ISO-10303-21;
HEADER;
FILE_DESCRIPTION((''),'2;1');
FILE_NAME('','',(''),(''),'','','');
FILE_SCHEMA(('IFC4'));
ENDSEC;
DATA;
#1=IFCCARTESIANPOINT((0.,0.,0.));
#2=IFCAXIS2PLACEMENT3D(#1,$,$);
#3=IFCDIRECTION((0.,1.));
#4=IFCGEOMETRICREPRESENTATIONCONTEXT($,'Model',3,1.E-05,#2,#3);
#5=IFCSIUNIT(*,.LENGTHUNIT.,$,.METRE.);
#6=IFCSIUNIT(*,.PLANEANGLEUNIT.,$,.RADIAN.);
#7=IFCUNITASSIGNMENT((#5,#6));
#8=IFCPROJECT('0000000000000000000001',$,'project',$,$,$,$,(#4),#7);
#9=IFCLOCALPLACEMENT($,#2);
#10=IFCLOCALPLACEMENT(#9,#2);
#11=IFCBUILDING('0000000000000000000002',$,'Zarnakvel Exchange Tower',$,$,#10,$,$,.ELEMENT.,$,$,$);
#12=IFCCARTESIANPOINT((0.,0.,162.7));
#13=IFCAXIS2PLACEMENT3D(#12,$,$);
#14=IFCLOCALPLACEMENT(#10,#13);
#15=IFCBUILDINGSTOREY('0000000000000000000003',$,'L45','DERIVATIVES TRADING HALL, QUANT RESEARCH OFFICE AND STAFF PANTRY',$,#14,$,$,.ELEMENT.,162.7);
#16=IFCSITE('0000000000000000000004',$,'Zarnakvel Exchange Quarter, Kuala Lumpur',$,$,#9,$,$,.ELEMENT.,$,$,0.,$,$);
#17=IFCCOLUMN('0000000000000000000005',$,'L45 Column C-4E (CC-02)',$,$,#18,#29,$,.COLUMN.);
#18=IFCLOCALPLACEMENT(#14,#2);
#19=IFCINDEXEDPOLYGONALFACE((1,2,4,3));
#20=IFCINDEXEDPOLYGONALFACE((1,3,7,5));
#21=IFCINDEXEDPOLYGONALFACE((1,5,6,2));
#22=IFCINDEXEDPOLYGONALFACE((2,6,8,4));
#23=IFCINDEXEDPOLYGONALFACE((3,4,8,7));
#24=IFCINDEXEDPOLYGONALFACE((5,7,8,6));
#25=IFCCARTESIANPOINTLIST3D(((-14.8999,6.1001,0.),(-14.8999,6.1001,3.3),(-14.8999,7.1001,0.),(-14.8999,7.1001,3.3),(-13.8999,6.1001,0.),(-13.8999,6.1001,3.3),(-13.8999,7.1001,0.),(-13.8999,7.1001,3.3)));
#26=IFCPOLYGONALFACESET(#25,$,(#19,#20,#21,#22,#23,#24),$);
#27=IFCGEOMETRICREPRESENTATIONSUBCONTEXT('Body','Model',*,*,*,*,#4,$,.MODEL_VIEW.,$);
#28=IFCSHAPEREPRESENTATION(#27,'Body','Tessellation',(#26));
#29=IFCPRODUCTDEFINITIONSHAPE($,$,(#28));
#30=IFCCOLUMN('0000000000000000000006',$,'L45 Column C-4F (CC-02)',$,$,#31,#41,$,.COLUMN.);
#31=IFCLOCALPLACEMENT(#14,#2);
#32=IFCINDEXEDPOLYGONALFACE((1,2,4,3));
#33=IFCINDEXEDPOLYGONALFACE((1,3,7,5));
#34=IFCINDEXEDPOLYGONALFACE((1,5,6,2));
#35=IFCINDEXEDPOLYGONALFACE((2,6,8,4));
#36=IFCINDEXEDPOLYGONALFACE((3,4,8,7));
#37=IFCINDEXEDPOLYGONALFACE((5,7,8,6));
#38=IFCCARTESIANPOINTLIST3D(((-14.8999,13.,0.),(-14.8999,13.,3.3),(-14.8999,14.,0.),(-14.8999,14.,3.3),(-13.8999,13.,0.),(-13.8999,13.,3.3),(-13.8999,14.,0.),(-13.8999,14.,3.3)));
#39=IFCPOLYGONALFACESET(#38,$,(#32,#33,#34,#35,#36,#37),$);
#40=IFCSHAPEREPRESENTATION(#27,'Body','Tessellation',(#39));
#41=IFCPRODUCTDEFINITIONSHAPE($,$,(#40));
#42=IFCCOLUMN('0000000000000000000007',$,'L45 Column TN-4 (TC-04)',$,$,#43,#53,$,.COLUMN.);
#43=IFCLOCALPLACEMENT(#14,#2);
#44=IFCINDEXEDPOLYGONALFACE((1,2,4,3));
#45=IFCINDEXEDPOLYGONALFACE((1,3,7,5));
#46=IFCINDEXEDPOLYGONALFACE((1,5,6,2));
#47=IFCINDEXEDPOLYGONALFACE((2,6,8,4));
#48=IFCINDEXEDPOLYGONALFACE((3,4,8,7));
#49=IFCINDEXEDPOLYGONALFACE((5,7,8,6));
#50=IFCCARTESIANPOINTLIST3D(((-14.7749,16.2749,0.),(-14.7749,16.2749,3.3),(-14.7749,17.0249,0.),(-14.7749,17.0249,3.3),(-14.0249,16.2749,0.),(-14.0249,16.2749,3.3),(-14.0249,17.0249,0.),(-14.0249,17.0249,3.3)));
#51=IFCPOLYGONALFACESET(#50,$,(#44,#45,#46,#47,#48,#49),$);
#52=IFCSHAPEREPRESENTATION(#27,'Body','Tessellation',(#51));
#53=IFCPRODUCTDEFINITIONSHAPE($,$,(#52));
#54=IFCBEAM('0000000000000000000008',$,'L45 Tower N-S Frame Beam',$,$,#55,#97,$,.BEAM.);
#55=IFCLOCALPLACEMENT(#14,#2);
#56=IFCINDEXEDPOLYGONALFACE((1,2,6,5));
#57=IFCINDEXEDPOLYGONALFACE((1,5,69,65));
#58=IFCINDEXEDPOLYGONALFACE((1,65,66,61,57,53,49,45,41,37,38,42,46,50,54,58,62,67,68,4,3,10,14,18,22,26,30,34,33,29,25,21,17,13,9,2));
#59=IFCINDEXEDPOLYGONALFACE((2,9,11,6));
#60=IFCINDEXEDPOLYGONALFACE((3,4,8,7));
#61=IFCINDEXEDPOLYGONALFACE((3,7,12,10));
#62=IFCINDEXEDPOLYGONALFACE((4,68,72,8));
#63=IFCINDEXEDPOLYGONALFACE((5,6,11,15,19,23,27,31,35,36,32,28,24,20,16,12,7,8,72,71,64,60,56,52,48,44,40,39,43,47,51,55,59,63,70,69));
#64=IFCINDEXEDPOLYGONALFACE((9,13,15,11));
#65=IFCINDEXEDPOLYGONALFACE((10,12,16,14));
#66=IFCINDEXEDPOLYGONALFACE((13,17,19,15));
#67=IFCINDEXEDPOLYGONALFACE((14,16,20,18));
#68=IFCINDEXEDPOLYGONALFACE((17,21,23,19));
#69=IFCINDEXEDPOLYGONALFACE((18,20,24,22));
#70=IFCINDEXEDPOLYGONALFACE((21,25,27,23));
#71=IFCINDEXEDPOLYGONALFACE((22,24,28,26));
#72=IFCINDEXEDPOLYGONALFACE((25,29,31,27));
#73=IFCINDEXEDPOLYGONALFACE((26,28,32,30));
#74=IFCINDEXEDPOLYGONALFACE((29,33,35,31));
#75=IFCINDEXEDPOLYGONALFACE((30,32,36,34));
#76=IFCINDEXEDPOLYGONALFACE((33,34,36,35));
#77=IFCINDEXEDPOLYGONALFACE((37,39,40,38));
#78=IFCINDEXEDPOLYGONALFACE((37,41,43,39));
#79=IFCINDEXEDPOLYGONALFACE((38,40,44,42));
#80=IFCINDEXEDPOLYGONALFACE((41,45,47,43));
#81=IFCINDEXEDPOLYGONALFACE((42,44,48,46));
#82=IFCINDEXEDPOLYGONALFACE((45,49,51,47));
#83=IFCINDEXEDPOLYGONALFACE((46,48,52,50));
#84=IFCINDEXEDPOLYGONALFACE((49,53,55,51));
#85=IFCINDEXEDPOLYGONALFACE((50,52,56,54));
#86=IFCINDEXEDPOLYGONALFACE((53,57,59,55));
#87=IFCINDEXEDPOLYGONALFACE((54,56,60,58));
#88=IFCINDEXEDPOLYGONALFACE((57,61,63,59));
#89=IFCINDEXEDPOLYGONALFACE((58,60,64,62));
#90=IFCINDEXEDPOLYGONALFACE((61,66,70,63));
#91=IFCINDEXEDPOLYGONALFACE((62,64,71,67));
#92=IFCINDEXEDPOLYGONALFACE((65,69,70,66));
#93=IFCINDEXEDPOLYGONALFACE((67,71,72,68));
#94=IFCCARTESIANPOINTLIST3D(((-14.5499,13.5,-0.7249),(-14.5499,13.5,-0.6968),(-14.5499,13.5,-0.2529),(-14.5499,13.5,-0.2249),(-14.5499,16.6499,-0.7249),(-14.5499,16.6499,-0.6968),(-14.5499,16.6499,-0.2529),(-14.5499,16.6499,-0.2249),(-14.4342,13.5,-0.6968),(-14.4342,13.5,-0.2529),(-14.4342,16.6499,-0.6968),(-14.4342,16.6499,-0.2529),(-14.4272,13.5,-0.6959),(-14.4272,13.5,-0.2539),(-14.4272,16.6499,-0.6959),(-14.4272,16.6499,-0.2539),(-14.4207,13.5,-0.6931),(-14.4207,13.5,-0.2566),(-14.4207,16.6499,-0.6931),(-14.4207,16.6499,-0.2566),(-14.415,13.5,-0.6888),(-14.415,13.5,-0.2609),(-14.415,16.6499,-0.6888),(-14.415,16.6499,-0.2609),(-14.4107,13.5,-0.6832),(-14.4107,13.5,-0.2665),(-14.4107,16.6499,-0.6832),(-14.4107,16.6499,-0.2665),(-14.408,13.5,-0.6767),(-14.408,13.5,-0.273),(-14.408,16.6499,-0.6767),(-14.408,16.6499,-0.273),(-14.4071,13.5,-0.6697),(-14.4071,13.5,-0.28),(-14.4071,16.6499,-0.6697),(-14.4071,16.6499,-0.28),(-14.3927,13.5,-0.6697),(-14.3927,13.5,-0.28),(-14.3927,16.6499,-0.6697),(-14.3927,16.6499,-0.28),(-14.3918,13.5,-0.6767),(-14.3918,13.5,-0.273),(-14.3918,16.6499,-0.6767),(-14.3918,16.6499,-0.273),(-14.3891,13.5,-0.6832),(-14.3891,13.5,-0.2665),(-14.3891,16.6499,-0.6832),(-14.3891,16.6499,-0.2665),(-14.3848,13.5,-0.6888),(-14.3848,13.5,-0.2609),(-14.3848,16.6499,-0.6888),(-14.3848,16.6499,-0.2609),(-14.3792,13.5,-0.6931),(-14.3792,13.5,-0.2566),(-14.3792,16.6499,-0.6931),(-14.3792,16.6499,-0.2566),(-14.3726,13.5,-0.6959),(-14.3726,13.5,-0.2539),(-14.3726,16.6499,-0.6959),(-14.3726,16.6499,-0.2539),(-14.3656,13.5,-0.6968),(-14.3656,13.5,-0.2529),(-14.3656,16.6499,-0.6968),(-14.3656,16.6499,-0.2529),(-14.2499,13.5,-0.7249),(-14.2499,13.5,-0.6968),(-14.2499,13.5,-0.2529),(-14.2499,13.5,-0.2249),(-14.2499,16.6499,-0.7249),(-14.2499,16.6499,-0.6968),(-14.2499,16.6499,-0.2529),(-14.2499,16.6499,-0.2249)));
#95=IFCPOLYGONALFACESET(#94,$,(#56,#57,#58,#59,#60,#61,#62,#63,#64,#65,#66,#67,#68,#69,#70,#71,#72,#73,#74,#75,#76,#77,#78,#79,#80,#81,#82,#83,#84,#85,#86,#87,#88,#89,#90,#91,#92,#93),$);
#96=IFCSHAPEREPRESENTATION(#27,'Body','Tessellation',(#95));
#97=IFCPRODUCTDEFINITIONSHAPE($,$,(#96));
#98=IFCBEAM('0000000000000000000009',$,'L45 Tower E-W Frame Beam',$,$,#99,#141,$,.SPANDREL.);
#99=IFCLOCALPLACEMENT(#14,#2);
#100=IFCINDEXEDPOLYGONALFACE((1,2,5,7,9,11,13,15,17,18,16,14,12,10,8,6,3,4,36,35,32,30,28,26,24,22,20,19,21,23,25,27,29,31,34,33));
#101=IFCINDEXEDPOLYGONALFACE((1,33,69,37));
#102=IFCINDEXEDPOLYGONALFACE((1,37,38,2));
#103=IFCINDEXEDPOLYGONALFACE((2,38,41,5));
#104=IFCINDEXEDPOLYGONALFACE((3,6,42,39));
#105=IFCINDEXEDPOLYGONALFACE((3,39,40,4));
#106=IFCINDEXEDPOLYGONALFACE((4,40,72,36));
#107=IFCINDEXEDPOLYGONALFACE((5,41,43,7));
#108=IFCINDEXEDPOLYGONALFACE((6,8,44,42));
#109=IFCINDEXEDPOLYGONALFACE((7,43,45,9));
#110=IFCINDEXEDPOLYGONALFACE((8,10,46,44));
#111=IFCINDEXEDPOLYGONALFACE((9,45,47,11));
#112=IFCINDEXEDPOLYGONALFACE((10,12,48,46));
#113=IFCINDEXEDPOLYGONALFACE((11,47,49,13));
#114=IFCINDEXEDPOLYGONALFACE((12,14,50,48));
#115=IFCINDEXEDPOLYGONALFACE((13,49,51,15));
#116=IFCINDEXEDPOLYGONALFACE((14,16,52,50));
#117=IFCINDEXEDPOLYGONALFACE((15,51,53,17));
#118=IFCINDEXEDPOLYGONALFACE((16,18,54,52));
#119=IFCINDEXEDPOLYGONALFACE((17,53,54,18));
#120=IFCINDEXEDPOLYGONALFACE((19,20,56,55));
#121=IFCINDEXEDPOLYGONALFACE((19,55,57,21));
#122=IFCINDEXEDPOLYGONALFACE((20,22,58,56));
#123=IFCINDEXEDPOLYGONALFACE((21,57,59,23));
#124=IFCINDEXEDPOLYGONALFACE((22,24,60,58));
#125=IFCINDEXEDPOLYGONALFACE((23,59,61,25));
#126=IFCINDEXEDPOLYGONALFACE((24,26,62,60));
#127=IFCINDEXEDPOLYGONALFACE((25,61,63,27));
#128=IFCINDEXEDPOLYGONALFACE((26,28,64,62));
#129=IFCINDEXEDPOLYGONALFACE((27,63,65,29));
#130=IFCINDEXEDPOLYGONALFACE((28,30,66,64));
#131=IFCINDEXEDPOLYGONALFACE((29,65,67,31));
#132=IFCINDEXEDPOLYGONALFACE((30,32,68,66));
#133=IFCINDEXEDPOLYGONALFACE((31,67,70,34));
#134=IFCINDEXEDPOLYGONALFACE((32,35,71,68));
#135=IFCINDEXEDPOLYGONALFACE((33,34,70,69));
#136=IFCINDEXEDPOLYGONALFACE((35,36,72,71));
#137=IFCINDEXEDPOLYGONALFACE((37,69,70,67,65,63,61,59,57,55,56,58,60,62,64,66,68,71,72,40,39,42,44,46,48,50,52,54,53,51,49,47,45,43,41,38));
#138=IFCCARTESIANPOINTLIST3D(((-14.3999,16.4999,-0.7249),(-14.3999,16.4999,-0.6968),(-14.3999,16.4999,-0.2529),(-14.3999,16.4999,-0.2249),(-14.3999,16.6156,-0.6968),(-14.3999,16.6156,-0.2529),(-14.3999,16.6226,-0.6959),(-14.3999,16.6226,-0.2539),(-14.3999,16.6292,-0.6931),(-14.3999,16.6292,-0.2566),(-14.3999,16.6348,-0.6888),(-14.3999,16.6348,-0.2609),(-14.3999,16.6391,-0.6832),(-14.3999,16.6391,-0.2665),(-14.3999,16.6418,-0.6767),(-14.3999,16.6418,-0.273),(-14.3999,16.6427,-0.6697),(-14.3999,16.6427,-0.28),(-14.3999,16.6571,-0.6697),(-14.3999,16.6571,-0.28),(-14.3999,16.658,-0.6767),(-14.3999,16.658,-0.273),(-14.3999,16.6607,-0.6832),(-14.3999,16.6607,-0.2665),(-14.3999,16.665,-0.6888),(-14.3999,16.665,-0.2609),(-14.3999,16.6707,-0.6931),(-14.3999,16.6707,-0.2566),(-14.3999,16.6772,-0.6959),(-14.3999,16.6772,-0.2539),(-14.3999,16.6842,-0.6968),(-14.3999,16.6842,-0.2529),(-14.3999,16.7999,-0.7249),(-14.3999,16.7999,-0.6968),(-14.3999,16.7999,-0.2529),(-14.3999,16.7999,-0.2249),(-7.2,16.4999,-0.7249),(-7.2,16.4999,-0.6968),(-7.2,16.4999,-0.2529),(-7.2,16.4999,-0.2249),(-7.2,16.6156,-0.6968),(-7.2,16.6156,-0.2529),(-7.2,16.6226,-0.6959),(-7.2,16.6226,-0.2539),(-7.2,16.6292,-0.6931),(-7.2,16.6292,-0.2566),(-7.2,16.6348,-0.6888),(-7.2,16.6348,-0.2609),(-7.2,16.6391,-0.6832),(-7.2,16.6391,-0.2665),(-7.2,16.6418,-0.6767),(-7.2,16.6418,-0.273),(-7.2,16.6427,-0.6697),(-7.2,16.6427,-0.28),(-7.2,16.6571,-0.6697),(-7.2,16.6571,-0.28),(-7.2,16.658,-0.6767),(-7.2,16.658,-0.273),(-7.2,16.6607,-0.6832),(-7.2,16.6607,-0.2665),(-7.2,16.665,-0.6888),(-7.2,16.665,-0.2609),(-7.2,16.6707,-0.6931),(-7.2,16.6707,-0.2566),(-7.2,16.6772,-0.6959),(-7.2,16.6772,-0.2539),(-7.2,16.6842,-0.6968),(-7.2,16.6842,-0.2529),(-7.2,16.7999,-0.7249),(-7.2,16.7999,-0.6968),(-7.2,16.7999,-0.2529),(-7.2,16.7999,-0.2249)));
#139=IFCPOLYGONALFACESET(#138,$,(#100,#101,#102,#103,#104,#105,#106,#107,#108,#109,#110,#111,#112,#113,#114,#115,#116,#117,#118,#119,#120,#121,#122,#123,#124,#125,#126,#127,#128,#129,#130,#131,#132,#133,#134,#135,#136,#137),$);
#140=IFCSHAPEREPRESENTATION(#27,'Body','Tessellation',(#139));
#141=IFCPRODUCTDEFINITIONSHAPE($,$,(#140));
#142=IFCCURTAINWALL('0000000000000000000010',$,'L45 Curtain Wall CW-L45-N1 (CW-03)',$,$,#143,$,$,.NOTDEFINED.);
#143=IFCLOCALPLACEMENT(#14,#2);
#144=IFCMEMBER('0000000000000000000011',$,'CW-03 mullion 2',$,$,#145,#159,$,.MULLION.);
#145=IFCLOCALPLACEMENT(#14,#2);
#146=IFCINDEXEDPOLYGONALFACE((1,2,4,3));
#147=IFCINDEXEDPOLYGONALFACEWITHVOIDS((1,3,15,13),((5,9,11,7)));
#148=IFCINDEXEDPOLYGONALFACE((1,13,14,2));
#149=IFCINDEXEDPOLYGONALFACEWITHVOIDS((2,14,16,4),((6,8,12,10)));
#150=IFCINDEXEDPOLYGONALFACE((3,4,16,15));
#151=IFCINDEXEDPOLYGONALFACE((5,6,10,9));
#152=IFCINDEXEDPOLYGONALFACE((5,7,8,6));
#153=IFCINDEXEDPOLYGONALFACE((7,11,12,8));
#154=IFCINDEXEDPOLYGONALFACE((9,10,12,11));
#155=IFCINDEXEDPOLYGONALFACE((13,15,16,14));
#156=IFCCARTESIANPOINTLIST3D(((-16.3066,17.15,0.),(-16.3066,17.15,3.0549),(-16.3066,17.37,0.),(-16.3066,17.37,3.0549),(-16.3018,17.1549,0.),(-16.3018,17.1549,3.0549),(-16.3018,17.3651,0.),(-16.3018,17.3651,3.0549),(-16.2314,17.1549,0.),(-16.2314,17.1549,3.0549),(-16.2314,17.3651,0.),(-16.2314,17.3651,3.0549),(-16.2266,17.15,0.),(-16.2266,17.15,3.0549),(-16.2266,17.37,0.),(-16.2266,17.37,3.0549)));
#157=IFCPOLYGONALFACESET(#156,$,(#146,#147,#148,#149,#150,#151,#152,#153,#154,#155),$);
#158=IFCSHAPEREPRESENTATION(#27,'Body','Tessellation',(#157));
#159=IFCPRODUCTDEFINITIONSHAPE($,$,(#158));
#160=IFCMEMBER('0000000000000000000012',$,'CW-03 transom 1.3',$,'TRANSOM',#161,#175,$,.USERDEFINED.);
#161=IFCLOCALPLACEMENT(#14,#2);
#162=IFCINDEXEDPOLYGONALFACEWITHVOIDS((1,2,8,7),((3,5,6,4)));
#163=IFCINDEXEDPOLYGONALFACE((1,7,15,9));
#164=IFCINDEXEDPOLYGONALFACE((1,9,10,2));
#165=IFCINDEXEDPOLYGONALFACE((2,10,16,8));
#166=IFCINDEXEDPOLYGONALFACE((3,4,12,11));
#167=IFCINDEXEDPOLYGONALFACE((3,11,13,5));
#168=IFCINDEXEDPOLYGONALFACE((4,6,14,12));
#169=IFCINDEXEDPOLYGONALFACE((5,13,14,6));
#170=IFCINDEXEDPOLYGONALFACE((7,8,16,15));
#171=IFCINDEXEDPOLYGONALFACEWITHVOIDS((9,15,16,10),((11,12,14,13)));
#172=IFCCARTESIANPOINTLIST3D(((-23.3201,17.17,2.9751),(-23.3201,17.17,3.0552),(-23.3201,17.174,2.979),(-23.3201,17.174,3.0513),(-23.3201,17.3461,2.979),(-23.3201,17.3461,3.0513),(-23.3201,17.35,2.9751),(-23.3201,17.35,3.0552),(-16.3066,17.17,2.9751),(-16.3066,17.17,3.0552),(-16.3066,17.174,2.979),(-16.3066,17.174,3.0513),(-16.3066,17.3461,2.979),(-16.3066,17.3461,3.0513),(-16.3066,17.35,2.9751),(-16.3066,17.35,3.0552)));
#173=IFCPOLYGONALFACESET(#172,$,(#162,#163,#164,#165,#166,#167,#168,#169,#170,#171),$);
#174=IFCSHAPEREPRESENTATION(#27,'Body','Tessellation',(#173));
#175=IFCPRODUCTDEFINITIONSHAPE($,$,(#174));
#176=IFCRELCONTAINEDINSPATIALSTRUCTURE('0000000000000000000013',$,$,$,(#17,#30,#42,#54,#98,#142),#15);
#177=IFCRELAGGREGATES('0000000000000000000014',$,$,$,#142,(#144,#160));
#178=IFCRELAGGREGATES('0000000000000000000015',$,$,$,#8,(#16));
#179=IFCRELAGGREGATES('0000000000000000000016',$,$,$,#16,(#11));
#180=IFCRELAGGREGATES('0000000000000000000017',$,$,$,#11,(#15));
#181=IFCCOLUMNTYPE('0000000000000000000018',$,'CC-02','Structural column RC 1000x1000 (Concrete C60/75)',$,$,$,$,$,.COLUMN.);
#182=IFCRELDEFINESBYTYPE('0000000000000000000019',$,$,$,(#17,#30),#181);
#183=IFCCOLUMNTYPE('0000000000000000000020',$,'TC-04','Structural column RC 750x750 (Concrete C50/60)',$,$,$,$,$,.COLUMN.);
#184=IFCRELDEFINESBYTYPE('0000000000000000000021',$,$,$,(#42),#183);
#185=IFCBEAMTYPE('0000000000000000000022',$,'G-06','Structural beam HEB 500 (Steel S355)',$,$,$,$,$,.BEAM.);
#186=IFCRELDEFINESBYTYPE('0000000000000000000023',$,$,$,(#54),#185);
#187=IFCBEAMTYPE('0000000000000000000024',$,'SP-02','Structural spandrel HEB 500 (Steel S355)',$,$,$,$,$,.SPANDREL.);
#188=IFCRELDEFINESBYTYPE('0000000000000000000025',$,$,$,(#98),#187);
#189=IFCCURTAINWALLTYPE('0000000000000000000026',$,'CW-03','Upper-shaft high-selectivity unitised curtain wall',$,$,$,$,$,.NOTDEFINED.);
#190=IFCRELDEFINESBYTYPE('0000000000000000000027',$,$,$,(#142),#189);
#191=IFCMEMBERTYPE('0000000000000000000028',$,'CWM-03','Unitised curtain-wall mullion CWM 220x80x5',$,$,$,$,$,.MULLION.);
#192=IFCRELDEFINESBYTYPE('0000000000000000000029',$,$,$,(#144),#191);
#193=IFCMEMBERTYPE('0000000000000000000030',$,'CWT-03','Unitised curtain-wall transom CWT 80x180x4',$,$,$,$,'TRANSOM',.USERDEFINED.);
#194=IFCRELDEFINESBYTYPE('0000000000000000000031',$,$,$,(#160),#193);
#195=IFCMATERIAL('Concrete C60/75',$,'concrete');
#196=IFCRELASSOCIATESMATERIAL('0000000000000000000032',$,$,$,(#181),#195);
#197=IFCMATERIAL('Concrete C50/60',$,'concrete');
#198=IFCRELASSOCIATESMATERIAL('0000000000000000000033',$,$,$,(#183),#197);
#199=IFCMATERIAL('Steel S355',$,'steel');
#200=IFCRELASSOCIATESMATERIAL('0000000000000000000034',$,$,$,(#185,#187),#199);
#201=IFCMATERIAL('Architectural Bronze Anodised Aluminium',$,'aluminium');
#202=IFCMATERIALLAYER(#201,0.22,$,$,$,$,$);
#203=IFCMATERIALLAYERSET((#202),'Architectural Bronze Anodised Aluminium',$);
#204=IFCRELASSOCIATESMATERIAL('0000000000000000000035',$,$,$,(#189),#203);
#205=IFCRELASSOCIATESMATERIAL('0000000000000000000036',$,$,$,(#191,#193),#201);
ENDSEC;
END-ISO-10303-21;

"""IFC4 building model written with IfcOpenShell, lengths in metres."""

from ifc_helpers import new_model, si_unit, direction, frame, origin, origin_2d, place, context, subcontext, project, spatial, rectangle, hollow_rectangle, i_section, extrude, source, transform, mapped, material, layer, layer_set, material_profile, profile_set, type_object, element, aggregate, save


model = new_model("IFC4")

# Units and contexts
model_context = context("Model", 3, precision=1e-05, world=origin(), true_north=direction((0.0, 1.0)))
body_context = subcontext(model_context, "Body", "Model", "MODEL_VIEW")
ifc_project = project(units=[si_unit("LENGTHUNIT", "METRE"), si_unit("PLANEANGLEUNIT", "RADIAN")], contexts=[model_context])

# Site, building, storey
site_placement = place(None, origin())
site = spatial("IfcSite", under=ifc_project, at=site_placement, Name="Zarnakvel Exchange Quarter, Kuala Lumpur", CompositionType="ELEMENT", RefElevation=0.0)
building_placement = place(site_placement, origin())
building = spatial("IfcBuilding", under=site, at=building_placement, Name="Zarnakvel Exchange Tower", CompositionType="ELEMENT")
storey_placement = place(building_placement, frame((0.0, 0.0, 162.7)))
storey = spatial("IfcBuildingStorey", under=building, at=storey_placement, Name="L45", Description="DERIVATIVES TRADING HALL, QUANT RESEARCH OFFICE AND STAFF PANTRY", CompositionType="ELEMENT", Elevation=162.7)

# Columns
ifc_material_1 = material(Name="Concrete C60/75", Category="concrete")
ifc_material_profile_1 = material_profile(ifc_material_1, rectangle(XDim=1.0, YDim=1.0, at=origin_2d()))
ifc_profile_set_1 = profile_set([ifc_material_profile_1], Name="Concrete C60/75")
column_type_1 = type_object("IfcColumnType", Name="CC-02", Description="Structural column RC 1000x1000 (Concrete C60/75)", PredefinedType="COLUMN", material=ifc_profile_set_1)
for number, where, z_axis, x_axis, name in (
    (1, (-14.3999, 6.6001, 0.0), (0.0, 0.0, 1.0), (1.0, 0.0, 0.0), "L45 Column C-4E (CC-02)"),
    (2, (-14.3999, 13.5, 0.0), (0.0, 0.0, 1.0), (1.0, 0.0, 0.0), "L45 Column C-4F (CC-02)"),
):
    element("IfcColumn", number, at=place(storey_placement, frame(where, z_axis=z_axis, x_axis=x_axis)), inside=storey, type_object=column_type_1, Name=name, PredefinedType="COLUMN", context=body_context, shape_type="SweptSolid", body=[
        extrude(rectangle(XDim=1.0, YDim=1.0, at=origin_2d()), origin(), (0.0, 0.0, 1.0), 3.3),
    ])
ifc_material_2 = material(Name="Concrete C50/60", Category="concrete")
ifc_material_profile_2 = material_profile(ifc_material_2, rectangle(XDim=0.75, YDim=0.75, at=origin_2d()))
ifc_profile_set_2 = profile_set([ifc_material_profile_2], Name="Concrete C50/60")
column_type_2 = type_object("IfcColumnType", Name="TC-04", Description="Structural column RC 750x750 (Concrete C50/60)", PredefinedType="COLUMN", material=ifc_profile_set_2)
column_placement = place(storey_placement, frame((-14.3999, 16.6499, 0.0), z_axis=(0.0, 0.0, 1.0), x_axis=(1.0, 0.0, 0.0)))
element("IfcColumn", 3, at=column_placement, inside=storey, type_object=column_type_2, Name="L45 Column TN-4 (TC-04)", PredefinedType="COLUMN", context=body_context, shape_type="SweptSolid", body=[
    extrude(rectangle(XDim=0.75, YDim=0.75, at=origin_2d()), origin(), (0.0, 0.0, 1.0), 3.3),
])

# Beams
ifc_material_3 = material(Name="Steel S355", Category="steel")
ifc_material_profile_3 = material_profile(ifc_material_3, i_section(OverallWidth=0.3, OverallDepth=0.5, WebThickness=0.0144, FlangeThickness=0.0281, FilletRadius=0.0271, at=origin_2d()))
ifc_profile_set_3 = profile_set([ifc_material_profile_3], Name="Steel S355")
beam_type_1 = type_object("IfcBeamType", Name="G-06", Description="Structural beam HEB 500 (Steel S355)", PredefinedType="BEAM", material=ifc_profile_set_3)
beam_1_placement = place(storey_placement, frame((-14.3999, 13.5, -0.4749), z_axis=(0.0, 1.0, 0.0), x_axis=(-1.0, 0.0, 0.0)))
element("IfcBeam", 4, at=beam_1_placement, inside=storey, type_object=beam_type_1, Name="L45 Tower N-S Frame Beam", PredefinedType="BEAM", context=body_context, shape_type="SweptSolid", body=[
    extrude(i_section(OverallWidth=0.3, OverallDepth=0.5, WebThickness=0.0144, FlangeThickness=0.0281, FilletRadius=0.0271, at=origin_2d()), origin(), (0.0, 0.0, 1.0), 3.1499),
])
ifc_material_profile_4 = material_profile(ifc_material_3, i_section(OverallWidth=0.3, OverallDepth=0.5, WebThickness=0.0144, FlangeThickness=0.0281, FilletRadius=0.0271, at=origin_2d()))
ifc_profile_set_4 = profile_set([ifc_material_profile_4], Name="Steel S355")
beam_type_2 = type_object("IfcBeamType", Name="SP-02", Description="Structural spandrel HEB 500 (Steel S355)", PredefinedType="SPANDREL", material=ifc_profile_set_4)
beam_2_placement = place(storey_placement, frame((-14.3999, 16.6499, -0.4749), z_axis=(1.0, 0.0, 0.0), x_axis=(0.0, 1.0, 0.0)))
element("IfcBeam", 5, at=beam_2_placement, inside=storey, type_object=beam_type_2, Name="L45 Tower E-W Frame Beam", PredefinedType="SPANDREL", context=body_context, shape_type="SweptSolid", body=[
    extrude(i_section(OverallWidth=0.3, OverallDepth=0.5, WebThickness=0.0144, FlangeThickness=0.0281, FilletRadius=0.0271, at=origin_2d()), origin(), (0.0, 0.0, 1.0), 7.2),
])

# Curtain wall, members
ifc_material_4 = material(Name="Architectural Bronze Anodised Aluminium", Category="aluminium")
ifc_layer_1 = layer(ifc_material_4, 0.22)
ifc_layer_set_1 = layer_set([ifc_layer_1], Name="Architectural Bronze Anodised Aluminium")
curtain_wall_type = type_object("IfcCurtainWallType", Name="CW-03", Description="Upper-shaft high-selectivity unitised curtain wall", PredefinedType="NOTDEFINED", material=ifc_layer_set_1)
curtain_wall_placement = place(storey_placement, origin())
curtain_wall = element("IfcCurtainWall", 6, at=curtain_wall_placement, inside=storey, type_object=curtain_wall_type, Name="L45 Curtain Wall CW-L45-N1 (CW-03)", PredefinedType="NOTDEFINED")
ifc_material_profile_5 = material_profile(ifc_material_4, hollow_rectangle(XDim=0.22, YDim=0.0801, WallThickness=0.0049, at=origin_2d()))
ifc_profile_set_5 = profile_set([ifc_material_profile_5], Name="Architectural Bronze Anodised Aluminium")
member_type_1 = type_object("IfcMemberType", Name="CWM-03", Description="Unitised curtain-wall mullion CWM 220x80x5", PredefinedType="MULLION", material=ifc_profile_set_5)
shared_shape_1 = source(origin(), body_context, "Body", "SweptSolid", [
    extrude(hollow_rectangle(XDim=0.22, YDim=0.0801, WallThickness=0.0049, at=origin_2d()), origin(), (0.0, 0.0, 1.0), 3.0549),
])
member_1_placement = place(storey_placement, frame((-16.2666, 17.26, 0.0), z_axis=(0.0, 0.0, 1.0), x_axis=(0.0, 1.0, 0.0)))
member_1 = element("IfcMember", 7, at=member_1_placement, type_object=member_type_1, Name="CW-03 mullion 2", PredefinedType="MULLION", context=body_context, shape_type="MappedRepresentation", body=[
    mapped(shared_shape_1, transform((0.0, 0.0, 0.0), x_axis=(1.0, 0.0, 0.0), y_axis=(0.0, 1.0, 0.0), z_axis=(0.0, 0.0, 1.0), scale=1.0)),
])
ifc_material_profile_6 = material_profile(ifc_material_4, hollow_rectangle(XDim=0.1799, YDim=0.0801, WallThickness=0.0039, at=origin_2d()))
ifc_profile_set_6 = profile_set([ifc_material_profile_6], Name="Architectural Bronze Anodised Aluminium")
member_type_2 = type_object("IfcMemberType", Name="CWT-03", Description="Unitised curtain-wall transom CWT 80x180x4", ElementType="TRANSOM", PredefinedType="USERDEFINED", material=ifc_profile_set_6)
shared_shape_2 = source(origin(), body_context, "Body", "SweptSolid", [
    extrude(hollow_rectangle(XDim=0.1799, YDim=0.0801, WallThickness=0.0039, at=origin_2d()), origin(), (0.0, 0.0, 1.0), 7.0134),
])
member_2_placement = place(storey_placement, frame((-23.3201, 17.26, 3.0151), z_axis=(1.0, 0.0, 0.0), x_axis=(0.0, 1.0, 0.0)))
member_2 = element("IfcMember", 8, at=member_2_placement, type_object=member_type_2, Name="CW-03 transom 1.3", ObjectType="TRANSOM", PredefinedType="USERDEFINED", context=body_context, shape_type="MappedRepresentation", body=[
    mapped(shared_shape_2, transform((0.0, 0.0, 0.0), x_axis=(1.0, 0.0, 0.0), y_axis=(0.0, 1.0, 0.0), z_axis=(0.0, 0.0, 1.0), scale=1.0)),
])
aggregate(curtain_wall, [member_1, member_2])

save(model, "model.ifc")
